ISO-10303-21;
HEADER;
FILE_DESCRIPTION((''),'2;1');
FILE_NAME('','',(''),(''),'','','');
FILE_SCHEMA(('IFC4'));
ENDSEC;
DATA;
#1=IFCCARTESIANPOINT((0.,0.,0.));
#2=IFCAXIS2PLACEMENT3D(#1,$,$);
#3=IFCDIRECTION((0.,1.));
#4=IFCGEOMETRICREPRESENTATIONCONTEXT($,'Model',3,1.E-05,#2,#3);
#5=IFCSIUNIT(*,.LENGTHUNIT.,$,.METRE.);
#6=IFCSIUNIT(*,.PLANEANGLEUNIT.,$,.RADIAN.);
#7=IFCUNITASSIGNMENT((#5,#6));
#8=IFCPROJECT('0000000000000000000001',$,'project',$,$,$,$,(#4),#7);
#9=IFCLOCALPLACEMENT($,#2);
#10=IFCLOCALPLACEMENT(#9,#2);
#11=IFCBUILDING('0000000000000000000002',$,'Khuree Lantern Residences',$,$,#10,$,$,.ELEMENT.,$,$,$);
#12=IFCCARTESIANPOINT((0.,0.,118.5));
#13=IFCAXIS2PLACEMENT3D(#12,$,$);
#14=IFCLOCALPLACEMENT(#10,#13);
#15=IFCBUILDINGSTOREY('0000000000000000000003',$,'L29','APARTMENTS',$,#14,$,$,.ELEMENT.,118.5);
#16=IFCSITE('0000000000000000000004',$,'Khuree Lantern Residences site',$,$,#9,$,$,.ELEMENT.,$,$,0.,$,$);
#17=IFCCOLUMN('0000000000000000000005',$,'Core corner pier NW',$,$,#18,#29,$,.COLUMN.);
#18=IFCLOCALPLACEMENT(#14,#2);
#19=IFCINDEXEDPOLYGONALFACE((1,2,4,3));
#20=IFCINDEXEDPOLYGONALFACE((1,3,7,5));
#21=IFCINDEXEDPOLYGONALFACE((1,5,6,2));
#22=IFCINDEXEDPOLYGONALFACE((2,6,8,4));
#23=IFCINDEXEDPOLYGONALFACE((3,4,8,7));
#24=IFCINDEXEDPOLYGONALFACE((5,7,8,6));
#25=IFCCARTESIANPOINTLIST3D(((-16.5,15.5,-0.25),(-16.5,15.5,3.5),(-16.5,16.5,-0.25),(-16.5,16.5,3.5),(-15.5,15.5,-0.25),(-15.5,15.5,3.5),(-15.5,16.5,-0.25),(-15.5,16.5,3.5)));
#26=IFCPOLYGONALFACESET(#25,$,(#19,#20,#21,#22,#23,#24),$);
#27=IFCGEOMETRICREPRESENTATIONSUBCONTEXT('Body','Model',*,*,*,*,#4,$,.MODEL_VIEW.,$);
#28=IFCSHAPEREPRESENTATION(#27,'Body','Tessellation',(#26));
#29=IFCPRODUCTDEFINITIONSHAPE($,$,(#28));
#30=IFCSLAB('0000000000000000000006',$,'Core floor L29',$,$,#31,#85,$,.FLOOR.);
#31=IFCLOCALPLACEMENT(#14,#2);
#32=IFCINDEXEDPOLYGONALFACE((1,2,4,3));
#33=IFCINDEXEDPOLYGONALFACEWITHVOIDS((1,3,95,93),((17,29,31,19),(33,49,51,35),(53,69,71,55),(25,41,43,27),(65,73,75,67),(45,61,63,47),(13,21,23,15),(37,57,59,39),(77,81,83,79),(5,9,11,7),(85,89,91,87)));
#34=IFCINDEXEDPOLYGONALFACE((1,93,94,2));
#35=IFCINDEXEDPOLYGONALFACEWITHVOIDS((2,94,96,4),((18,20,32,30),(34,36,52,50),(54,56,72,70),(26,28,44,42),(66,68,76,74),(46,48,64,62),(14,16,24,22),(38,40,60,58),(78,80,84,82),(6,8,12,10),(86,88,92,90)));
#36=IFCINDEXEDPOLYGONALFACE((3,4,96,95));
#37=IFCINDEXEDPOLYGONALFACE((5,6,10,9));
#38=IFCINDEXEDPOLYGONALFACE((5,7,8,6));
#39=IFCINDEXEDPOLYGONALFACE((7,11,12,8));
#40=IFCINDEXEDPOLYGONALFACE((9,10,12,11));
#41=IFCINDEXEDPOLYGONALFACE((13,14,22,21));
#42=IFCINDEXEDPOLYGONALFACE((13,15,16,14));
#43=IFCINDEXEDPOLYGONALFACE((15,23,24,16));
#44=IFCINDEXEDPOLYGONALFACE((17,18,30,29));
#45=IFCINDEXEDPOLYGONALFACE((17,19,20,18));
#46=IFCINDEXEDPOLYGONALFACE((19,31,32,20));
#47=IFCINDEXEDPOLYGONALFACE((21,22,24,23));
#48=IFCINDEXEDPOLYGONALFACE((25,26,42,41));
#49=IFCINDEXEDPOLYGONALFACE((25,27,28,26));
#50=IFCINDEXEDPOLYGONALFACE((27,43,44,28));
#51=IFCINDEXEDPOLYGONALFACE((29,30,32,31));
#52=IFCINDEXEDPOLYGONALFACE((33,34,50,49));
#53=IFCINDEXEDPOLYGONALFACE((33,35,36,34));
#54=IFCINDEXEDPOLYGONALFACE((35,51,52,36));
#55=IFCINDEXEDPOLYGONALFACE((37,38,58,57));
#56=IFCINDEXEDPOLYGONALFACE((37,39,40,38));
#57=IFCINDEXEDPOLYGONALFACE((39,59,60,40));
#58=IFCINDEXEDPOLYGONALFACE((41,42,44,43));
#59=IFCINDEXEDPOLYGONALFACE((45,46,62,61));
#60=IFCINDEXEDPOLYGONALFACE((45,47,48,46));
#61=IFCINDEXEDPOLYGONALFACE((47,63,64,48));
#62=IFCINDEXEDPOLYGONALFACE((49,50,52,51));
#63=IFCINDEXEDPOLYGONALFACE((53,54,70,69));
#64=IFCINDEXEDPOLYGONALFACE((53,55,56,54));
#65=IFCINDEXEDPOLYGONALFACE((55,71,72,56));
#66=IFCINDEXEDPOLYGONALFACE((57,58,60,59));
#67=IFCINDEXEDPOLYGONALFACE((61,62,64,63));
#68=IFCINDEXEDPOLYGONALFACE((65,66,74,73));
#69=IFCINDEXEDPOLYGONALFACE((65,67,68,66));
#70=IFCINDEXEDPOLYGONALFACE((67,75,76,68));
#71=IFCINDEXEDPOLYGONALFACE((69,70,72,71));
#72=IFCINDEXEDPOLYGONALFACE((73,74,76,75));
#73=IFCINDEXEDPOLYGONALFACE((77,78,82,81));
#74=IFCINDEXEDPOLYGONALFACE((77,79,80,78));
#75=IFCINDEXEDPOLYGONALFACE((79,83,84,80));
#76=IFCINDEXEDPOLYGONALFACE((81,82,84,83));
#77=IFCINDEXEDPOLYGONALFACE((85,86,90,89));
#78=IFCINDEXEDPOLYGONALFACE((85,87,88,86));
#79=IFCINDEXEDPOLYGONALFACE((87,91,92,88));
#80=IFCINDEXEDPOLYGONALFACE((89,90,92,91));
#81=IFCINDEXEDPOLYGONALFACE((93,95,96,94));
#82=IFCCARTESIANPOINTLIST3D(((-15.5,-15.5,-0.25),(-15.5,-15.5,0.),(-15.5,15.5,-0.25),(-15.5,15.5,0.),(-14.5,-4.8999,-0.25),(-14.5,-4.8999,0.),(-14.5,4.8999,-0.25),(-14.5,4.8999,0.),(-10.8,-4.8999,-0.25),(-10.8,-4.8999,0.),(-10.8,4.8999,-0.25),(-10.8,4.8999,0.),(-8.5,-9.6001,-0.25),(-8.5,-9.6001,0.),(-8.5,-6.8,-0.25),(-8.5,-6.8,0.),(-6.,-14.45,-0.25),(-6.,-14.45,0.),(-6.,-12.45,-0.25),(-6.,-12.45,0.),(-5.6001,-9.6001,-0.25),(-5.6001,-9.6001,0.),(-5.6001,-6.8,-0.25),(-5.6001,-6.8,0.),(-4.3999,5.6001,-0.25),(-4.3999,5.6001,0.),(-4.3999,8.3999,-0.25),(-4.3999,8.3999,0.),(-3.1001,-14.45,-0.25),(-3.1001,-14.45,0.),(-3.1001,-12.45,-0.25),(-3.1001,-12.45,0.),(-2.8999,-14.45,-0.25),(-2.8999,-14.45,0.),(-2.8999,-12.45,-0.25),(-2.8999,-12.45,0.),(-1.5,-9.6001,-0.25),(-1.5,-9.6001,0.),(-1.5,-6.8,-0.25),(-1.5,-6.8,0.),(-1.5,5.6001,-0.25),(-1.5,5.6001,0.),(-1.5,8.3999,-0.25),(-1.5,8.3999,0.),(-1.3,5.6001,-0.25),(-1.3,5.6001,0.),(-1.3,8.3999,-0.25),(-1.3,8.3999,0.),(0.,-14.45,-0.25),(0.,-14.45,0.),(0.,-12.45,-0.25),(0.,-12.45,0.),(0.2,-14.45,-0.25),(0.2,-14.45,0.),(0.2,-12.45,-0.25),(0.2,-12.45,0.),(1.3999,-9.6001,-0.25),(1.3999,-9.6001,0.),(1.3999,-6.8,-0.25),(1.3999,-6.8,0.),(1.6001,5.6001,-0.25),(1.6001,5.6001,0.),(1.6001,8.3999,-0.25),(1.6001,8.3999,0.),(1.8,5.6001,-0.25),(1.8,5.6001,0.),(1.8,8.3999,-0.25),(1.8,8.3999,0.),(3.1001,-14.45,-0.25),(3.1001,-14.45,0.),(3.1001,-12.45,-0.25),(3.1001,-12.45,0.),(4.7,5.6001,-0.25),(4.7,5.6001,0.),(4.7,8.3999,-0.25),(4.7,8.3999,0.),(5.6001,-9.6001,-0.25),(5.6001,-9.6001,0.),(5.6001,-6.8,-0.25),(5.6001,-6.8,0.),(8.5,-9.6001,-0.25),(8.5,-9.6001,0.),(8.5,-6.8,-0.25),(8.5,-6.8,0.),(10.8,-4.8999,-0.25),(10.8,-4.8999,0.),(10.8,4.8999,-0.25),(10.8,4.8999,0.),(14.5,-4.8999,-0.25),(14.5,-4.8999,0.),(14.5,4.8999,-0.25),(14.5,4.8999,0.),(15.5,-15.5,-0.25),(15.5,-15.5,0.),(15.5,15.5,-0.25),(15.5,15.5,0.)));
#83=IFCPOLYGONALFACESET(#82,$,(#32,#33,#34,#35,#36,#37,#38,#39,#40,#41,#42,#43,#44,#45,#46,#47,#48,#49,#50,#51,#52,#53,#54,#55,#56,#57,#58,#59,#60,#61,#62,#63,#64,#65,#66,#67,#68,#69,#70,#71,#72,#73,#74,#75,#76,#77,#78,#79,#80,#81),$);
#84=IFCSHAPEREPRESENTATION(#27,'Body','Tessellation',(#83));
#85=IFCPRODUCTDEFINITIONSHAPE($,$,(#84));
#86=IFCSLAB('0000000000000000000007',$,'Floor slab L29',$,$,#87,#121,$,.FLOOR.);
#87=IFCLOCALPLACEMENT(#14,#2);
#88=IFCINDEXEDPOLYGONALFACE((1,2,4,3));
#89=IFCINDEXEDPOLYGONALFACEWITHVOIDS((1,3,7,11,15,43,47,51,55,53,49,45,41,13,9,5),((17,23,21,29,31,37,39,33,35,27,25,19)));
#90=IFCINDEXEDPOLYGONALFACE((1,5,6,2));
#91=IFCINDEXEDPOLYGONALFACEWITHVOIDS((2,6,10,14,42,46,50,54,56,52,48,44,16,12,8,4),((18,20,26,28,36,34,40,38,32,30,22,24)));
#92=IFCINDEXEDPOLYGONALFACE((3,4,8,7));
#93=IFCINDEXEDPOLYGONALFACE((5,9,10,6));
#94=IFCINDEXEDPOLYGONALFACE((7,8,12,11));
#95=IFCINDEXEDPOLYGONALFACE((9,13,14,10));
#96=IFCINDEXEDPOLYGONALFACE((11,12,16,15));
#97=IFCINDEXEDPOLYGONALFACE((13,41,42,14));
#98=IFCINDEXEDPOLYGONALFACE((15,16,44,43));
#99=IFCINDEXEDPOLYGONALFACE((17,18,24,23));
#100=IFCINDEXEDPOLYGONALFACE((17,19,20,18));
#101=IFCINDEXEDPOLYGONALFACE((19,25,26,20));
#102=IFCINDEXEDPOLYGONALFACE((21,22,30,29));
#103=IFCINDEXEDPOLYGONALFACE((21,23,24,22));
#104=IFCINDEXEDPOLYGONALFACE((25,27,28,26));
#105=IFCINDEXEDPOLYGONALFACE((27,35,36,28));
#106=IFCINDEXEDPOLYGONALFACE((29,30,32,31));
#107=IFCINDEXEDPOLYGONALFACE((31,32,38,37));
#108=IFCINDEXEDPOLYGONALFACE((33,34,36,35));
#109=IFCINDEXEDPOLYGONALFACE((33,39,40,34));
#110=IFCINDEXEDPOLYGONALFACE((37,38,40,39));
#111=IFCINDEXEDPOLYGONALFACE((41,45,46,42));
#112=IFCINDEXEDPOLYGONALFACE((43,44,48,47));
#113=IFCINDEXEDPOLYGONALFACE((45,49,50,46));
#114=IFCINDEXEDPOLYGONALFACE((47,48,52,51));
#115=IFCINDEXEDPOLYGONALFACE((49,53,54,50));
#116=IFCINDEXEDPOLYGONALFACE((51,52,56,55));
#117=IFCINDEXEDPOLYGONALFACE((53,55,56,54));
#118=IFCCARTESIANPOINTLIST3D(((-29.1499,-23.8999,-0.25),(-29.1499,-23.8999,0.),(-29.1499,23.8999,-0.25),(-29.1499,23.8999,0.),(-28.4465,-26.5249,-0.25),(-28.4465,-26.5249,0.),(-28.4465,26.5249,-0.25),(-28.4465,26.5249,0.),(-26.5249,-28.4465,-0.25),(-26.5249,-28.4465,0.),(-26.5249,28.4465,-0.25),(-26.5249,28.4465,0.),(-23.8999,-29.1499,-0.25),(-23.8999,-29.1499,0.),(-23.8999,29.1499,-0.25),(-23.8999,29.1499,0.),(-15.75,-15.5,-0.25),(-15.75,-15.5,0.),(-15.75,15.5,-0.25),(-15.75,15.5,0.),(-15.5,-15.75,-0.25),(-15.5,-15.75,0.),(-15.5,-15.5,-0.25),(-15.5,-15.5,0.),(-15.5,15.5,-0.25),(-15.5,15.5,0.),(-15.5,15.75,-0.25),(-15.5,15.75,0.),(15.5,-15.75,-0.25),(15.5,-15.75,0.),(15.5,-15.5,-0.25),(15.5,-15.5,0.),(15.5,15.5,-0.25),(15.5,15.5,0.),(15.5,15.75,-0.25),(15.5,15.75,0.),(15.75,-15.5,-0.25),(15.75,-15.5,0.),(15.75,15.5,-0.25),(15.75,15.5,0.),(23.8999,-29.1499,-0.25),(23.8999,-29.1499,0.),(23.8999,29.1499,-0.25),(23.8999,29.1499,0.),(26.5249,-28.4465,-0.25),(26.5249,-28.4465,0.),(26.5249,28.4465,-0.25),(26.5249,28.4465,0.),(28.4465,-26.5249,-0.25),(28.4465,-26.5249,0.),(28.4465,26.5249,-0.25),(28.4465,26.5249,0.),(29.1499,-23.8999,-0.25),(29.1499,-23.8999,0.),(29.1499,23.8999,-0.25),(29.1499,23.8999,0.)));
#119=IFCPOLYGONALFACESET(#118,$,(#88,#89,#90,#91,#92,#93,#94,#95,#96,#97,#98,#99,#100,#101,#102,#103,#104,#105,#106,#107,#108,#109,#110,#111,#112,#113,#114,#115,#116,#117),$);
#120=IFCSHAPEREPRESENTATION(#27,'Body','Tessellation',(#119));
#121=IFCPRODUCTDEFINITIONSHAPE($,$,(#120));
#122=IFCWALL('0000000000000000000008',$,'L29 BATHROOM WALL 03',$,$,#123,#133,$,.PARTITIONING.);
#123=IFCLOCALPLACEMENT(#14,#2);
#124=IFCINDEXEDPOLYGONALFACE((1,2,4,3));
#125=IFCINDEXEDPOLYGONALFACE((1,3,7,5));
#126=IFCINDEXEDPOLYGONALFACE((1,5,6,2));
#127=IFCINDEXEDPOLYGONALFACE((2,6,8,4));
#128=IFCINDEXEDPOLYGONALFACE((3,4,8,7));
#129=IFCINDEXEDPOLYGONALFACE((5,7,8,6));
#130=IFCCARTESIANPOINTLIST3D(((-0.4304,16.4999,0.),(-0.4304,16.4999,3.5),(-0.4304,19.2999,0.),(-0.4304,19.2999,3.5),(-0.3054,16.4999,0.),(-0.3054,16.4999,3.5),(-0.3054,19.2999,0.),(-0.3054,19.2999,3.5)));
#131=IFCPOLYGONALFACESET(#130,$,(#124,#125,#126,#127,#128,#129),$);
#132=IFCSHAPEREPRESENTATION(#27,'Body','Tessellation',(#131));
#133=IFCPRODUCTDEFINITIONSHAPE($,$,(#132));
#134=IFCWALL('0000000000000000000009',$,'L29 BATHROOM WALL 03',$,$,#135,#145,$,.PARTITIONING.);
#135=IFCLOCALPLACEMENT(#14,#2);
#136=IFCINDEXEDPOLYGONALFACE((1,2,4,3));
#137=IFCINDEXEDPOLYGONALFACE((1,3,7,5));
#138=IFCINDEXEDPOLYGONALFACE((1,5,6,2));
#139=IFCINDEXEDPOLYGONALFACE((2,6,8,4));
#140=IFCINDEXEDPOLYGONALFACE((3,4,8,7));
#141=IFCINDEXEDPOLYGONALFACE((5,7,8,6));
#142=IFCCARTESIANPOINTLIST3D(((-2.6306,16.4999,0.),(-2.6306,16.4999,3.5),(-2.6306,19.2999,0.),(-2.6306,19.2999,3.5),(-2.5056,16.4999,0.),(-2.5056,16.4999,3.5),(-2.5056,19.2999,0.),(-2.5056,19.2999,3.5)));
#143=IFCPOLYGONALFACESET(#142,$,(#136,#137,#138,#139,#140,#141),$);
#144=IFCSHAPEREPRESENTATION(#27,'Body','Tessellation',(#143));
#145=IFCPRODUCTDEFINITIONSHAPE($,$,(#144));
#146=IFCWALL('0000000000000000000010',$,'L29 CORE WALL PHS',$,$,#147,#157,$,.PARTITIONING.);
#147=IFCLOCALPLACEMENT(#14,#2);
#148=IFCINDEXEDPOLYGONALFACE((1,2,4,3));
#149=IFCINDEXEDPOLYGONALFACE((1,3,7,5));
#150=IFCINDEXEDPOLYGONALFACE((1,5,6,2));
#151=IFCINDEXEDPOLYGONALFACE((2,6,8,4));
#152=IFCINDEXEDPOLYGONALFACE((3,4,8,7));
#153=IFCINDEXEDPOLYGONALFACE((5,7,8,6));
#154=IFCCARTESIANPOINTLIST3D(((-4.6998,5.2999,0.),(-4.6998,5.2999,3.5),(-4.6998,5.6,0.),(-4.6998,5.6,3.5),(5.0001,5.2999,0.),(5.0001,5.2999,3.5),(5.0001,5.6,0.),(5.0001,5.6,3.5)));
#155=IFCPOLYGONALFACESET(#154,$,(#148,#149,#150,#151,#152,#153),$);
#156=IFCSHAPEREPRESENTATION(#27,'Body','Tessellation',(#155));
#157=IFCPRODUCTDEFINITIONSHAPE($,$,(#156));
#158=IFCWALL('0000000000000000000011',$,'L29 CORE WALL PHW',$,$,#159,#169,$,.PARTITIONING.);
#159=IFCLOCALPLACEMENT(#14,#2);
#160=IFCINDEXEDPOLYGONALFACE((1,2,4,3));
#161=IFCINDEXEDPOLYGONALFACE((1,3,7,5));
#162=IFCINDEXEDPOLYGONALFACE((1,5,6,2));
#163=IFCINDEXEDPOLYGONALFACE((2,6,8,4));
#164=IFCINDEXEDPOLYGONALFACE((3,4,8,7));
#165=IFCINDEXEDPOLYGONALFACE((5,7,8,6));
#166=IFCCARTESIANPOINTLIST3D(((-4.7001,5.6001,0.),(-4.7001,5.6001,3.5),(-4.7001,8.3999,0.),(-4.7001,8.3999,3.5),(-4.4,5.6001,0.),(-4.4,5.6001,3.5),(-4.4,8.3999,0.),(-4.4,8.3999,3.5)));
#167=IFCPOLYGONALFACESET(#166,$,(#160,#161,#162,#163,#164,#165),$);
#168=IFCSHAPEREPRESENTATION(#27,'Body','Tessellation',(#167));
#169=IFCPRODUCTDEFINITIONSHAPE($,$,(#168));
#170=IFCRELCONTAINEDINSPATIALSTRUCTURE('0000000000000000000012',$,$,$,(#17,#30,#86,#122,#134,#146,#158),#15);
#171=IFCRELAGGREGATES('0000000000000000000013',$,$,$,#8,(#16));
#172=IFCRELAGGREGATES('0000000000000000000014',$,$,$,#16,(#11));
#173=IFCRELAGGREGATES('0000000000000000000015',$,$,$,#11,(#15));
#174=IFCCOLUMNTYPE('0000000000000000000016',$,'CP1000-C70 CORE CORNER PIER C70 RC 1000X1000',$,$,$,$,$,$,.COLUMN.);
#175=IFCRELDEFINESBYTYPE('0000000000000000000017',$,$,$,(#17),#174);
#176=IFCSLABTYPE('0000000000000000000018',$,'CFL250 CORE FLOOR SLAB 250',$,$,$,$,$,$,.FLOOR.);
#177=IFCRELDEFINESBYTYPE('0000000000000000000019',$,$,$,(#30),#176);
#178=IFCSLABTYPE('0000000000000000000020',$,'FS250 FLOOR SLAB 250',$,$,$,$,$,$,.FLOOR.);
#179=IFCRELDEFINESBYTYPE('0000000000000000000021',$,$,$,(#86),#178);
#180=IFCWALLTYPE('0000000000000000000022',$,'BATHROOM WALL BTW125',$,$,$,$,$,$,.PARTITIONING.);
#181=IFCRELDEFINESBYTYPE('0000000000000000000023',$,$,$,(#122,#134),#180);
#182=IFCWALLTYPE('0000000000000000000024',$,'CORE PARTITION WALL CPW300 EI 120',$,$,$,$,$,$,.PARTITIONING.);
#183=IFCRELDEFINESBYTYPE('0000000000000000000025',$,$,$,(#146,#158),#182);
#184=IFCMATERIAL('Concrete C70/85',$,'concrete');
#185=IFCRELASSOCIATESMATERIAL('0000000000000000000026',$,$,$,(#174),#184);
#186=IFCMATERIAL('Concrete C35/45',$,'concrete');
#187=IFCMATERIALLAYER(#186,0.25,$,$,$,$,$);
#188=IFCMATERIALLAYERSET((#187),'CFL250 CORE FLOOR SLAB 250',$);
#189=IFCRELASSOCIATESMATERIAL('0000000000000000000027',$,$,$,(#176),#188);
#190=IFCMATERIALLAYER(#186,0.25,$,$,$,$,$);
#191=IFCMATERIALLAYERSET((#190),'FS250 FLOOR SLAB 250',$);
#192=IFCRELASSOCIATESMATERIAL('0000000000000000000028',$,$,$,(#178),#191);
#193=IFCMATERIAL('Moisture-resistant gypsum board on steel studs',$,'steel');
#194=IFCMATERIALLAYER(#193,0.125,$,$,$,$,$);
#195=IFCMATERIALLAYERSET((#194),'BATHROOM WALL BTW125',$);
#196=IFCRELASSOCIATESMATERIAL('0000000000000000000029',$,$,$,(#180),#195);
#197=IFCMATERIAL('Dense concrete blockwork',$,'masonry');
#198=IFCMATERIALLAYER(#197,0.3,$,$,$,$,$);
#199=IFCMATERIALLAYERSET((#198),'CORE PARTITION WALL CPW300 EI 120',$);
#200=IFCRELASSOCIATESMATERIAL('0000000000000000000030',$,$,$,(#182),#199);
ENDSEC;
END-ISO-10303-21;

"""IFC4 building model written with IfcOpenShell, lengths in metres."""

from ifc_helpers import new_model, si_unit, direction, frame, frame_2d, origin, origin_2d, place, context, subcontext, project, spatial, polyline, rectangle, outline, extrude, material, layer, layer_set, material_profile, profile_set, type_object, element, save


model = new_model("IFC4")

# Units and contexts
model_context = context("Model", 3, precision=1e-05, world=origin(), true_north=direction((0.0, 1.0)))
body_context = subcontext(model_context, "Body", "Model", "MODEL_VIEW")
ifc_project = project(units=[si_unit("LENGTHUNIT", "METRE"), si_unit("PLANEANGLEUNIT", "RADIAN")], contexts=[model_context])

# Site, building, storey
site_placement = place(None, origin())
site = spatial("IfcSite", under=ifc_project, at=site_placement, Name="Khuree Lantern Residences site", CompositionType="ELEMENT", RefElevation=0.0)
building_placement = place(site_placement, origin())
building = spatial("IfcBuilding", under=site, at=building_placement, Name="Khuree Lantern Residences", CompositionType="ELEMENT")
storey_placement = place(building_placement, frame((0.0, 0.0, 118.5)))
storey = spatial("IfcBuildingStorey", under=building, at=storey_placement, Name="L29", Description="APARTMENTS", CompositionType="ELEMENT", Elevation=118.5)

# Column
ifc_material_1 = material(Name="Concrete C70/85", Category="concrete")
ifc_material_profile = material_profile(ifc_material_1, rectangle(XDim=1.0, YDim=1.0, at=origin_2d()), Name="RC 1000X1000")
ifc_profile_set = profile_set([ifc_material_profile], Name="Concrete C70/85")
column_type = type_object("IfcColumnType", Name="CP1000-C70 CORE CORNER PIER C70 RC 1000X1000", PredefinedType="COLUMN", material=ifc_profile_set)
column_placement = place(storey_placement, frame((-16.0, 16.0, -0.25), z_axis=(0.0, 0.0, 1.0), x_axis=(1.0, 0.0, 0.0)))
element("IfcColumn", 1, at=column_placement, inside=storey, type_object=column_type, Name="Core corner pier NW", PredefinedType="COLUMN", context=body_context, shape_type="SweptSolid", body=[
    extrude(rectangle(XDim=1.0, YDim=1.0, at=origin_2d()), origin(), (0.0, 0.0, 1.0), 3.75),
])

# Slabs
ifc_material_2 = material(Name="Concrete C35/45", Category="concrete")
ifc_layer_1 = layer(ifc_material_2, 0.25)
ifc_layer_set_1 = layer_set([ifc_layer_1], Name="CFL250 CORE FLOOR SLAB 250")
slab_type_1 = type_object("IfcSlabType", Name="CFL250 CORE FLOOR SLAB 250", PredefinedType="FLOOR", material=ifc_layer_set_1)
slab_1_placement = place(storey_placement, frame((0.0, 0.0, -0.25)))
element("IfcSlab", 2, at=slab_1_placement, inside=storey, type_object=slab_type_1, Name="Core floor L29", PredefinedType="FLOOR", context=body_context, shape_type="SweptSolid", body=[
    extrude(outline(polyline([(-15.5, -15.5), (-15.5, 15.5), (15.5, 15.5), (15.5, -15.5), (-15.5, -15.5)]), holes=[polyline([(10.8, 4.8999), (10.8, -4.8999), (14.5, -4.8999), (14.5, 4.8999), (10.8, 4.8999)]), polyline([(8.5, -6.8), (5.6001, -6.8), (5.6001, -9.6001), (8.5, -9.6001), (8.5, -6.8)]), polyline([(4.7, 8.3999), (1.8, 8.3999), (1.8, 5.6001), (4.7, 5.6001), (4.7, 8.3999)]), polyline([(3.1001, -12.45), (0.2, -12.45), (0.2, -14.45), (3.1001, -14.45), (3.1001, -12.45)]), polyline([(1.6001, 8.3999), (-1.3, 8.3999), (-1.3, 5.6001), (1.6001, 5.6001), (1.6001, 8.3999)]), polyline([(1.3999, -6.8), (-1.5, -6.8), (-1.5, -9.6001), (1.3999, -9.6001), (1.3999, -6.8)]), polyline([(-2.8999, -12.45), (-2.8999, -14.45), (0.0, -14.45), (0.0, -12.45), (-2.8999, -12.45)]), polyline([(-4.3999, 8.3999), (-4.3999, 5.6001), (-1.5, 5.6001), (-1.5, 8.3999), (-4.3999, 8.3999)]), polyline([(-6.0, -12.45), (-6.0, -14.45), (-3.1001, -14.45), (-3.1001, -12.45), (-6.0, -12.45)]), polyline([(-8.5, -6.8), (-8.5, -9.6001), (-5.6001, -9.6001), (-5.6001, -6.8), (-8.5, -6.8)]), polyline([(-10.8, 4.8999), (-14.5, 4.8999), (-14.5, -4.8999), (-10.8, -4.8999), (-10.8, 4.8999)])]), origin(), (0.0, 0.0, 1.0), 0.25),
])
ifc_layer_2 = layer(ifc_material_2, 0.25)
ifc_layer_set_2 = layer_set([ifc_layer_2], Name="FS250 FLOOR SLAB 250")
slab_type_2 = type_object("IfcSlabType", Name="FS250 FLOOR SLAB 250", PredefinedType="FLOOR", material=ifc_layer_set_2)
slab_2_placement = place(storey_placement, frame((0.0, 0.0, -0.25)))
element("IfcSlab", 3, at=slab_2_placement, inside=storey, type_object=slab_type_2, Name="Floor slab L29", PredefinedType="FLOOR", context=body_context, shape_type="SweptSolid", body=[
    extrude(outline(polyline([(-26.5249, -28.4465), (-28.4465, -26.5249), (-29.1499, -23.8999), (-29.1499, 23.8999), (-28.4465, 26.5249), (-26.5249, 28.4465), (-23.8999, 29.1499), (23.8999, 29.1499), (26.5249, 28.4465), (28.4465, 26.5249), (29.1499, 23.8999), (29.1499, -23.8999), (28.4465, -26.5249), (26.5249, -28.4465), (23.8999, -29.1499), (-23.8999, -29.1499), (-26.5249, -28.4465)]), holes=[polyline([(15.75, 15.5), (15.5, 15.5), (15.5, 15.75), (-15.5, 15.75), (-15.5, 15.5), (-15.75, 15.5), (-15.75, -15.5), (-15.5, -15.5), (-15.5, -15.75), (15.5, -15.75), (15.5, -15.5), (15.75, -15.5), (15.75, 15.5)])]), origin(), (0.0, 0.0, 1.0), 0.25),
])

# Walls
ifc_material_3 = material(Name="Moisture-resistant gypsum board on steel studs", Category="steel")
ifc_layer_3 = layer(ifc_material_3, 0.125)
ifc_layer_set_3 = layer_set([ifc_layer_3], Name="BATHROOM WALL BTW125")
wall_type_1 = type_object("IfcWallType", Name="BATHROOM WALL BTW125", PredefinedType="PARTITIONING", material=ifc_layer_set_3)
for number, where, z_axis, x_axis, name in (
    (4, (-0.3679, 16.5, 0.0), (0.0, 0.0, 1.0), (0.0, 1.0, 0.0), "L29 BATHROOM WALL 03"),
    (5, (-2.5681, 16.5, 0.0), (0.0, 0.0, 1.0), (0.0, 1.0, 0.0), "L29 BATHROOM WALL 03"),
):
    element("IfcWall", number, at=place(storey_placement, frame(where, z_axis=z_axis, x_axis=x_axis)), inside=storey, type_object=wall_type_1, Name=name, PredefinedType="PARTITIONING", context=body_context, shape_type="SweptSolid", body=[
        extrude(rectangle(XDim=2.8, YDim=0.125, at=frame_2d((1.3999, 0.0))), origin(), (0.0, 0.0, 1.0), 3.5),
    ])
ifc_material_4 = material(Name="Dense concrete blockwork", Category="masonry")
ifc_layer_4 = layer(ifc_material_4, 0.3)
ifc_layer_set_4 = layer_set([ifc_layer_4], Name="CORE PARTITION WALL CPW300 EI 120")
wall_type_2 = type_object("IfcWallType", Name="CORE PARTITION WALL CPW300 EI 120", PredefinedType="PARTITIONING", material=ifc_layer_set_4)
wall_1_placement = place(storey_placement, frame((-4.7, 5.45, 0.0), z_axis=(0.0, 0.0, 1.0), x_axis=(1.0, 0.0, 0.0)))
element("IfcWall", 6, at=wall_1_placement, inside=storey, type_object=wall_type_2, Name="L29 CORE WALL PHS", PredefinedType="PARTITIONING", context=body_context, shape_type="SweptSolid", body=[
    extrude(rectangle(XDim=9.7, YDim=0.3, at=frame_2d((4.8501, 0.0))), origin(), (0.0, 0.0, 1.0), 3.5),
])
wall_2_placement = place(storey_placement, frame((-4.55, 5.6001, 0.0), z_axis=(0.0, 0.0, 1.0), x_axis=(0.0, 1.0, 0.0)))
element("IfcWall", 7, at=wall_2_placement, inside=storey, type_object=wall_type_2, Name="L29 CORE WALL PHW", PredefinedType="PARTITIONING", context=body_context, shape_type="SweptSolid", body=[
    extrude(rectangle(XDim=2.7998, YDim=0.3, at=frame_2d((1.3999, 0.0))), origin(), (0.0, 0.0, 1.0), 3.5),
])

save(model, "model.ifc")
